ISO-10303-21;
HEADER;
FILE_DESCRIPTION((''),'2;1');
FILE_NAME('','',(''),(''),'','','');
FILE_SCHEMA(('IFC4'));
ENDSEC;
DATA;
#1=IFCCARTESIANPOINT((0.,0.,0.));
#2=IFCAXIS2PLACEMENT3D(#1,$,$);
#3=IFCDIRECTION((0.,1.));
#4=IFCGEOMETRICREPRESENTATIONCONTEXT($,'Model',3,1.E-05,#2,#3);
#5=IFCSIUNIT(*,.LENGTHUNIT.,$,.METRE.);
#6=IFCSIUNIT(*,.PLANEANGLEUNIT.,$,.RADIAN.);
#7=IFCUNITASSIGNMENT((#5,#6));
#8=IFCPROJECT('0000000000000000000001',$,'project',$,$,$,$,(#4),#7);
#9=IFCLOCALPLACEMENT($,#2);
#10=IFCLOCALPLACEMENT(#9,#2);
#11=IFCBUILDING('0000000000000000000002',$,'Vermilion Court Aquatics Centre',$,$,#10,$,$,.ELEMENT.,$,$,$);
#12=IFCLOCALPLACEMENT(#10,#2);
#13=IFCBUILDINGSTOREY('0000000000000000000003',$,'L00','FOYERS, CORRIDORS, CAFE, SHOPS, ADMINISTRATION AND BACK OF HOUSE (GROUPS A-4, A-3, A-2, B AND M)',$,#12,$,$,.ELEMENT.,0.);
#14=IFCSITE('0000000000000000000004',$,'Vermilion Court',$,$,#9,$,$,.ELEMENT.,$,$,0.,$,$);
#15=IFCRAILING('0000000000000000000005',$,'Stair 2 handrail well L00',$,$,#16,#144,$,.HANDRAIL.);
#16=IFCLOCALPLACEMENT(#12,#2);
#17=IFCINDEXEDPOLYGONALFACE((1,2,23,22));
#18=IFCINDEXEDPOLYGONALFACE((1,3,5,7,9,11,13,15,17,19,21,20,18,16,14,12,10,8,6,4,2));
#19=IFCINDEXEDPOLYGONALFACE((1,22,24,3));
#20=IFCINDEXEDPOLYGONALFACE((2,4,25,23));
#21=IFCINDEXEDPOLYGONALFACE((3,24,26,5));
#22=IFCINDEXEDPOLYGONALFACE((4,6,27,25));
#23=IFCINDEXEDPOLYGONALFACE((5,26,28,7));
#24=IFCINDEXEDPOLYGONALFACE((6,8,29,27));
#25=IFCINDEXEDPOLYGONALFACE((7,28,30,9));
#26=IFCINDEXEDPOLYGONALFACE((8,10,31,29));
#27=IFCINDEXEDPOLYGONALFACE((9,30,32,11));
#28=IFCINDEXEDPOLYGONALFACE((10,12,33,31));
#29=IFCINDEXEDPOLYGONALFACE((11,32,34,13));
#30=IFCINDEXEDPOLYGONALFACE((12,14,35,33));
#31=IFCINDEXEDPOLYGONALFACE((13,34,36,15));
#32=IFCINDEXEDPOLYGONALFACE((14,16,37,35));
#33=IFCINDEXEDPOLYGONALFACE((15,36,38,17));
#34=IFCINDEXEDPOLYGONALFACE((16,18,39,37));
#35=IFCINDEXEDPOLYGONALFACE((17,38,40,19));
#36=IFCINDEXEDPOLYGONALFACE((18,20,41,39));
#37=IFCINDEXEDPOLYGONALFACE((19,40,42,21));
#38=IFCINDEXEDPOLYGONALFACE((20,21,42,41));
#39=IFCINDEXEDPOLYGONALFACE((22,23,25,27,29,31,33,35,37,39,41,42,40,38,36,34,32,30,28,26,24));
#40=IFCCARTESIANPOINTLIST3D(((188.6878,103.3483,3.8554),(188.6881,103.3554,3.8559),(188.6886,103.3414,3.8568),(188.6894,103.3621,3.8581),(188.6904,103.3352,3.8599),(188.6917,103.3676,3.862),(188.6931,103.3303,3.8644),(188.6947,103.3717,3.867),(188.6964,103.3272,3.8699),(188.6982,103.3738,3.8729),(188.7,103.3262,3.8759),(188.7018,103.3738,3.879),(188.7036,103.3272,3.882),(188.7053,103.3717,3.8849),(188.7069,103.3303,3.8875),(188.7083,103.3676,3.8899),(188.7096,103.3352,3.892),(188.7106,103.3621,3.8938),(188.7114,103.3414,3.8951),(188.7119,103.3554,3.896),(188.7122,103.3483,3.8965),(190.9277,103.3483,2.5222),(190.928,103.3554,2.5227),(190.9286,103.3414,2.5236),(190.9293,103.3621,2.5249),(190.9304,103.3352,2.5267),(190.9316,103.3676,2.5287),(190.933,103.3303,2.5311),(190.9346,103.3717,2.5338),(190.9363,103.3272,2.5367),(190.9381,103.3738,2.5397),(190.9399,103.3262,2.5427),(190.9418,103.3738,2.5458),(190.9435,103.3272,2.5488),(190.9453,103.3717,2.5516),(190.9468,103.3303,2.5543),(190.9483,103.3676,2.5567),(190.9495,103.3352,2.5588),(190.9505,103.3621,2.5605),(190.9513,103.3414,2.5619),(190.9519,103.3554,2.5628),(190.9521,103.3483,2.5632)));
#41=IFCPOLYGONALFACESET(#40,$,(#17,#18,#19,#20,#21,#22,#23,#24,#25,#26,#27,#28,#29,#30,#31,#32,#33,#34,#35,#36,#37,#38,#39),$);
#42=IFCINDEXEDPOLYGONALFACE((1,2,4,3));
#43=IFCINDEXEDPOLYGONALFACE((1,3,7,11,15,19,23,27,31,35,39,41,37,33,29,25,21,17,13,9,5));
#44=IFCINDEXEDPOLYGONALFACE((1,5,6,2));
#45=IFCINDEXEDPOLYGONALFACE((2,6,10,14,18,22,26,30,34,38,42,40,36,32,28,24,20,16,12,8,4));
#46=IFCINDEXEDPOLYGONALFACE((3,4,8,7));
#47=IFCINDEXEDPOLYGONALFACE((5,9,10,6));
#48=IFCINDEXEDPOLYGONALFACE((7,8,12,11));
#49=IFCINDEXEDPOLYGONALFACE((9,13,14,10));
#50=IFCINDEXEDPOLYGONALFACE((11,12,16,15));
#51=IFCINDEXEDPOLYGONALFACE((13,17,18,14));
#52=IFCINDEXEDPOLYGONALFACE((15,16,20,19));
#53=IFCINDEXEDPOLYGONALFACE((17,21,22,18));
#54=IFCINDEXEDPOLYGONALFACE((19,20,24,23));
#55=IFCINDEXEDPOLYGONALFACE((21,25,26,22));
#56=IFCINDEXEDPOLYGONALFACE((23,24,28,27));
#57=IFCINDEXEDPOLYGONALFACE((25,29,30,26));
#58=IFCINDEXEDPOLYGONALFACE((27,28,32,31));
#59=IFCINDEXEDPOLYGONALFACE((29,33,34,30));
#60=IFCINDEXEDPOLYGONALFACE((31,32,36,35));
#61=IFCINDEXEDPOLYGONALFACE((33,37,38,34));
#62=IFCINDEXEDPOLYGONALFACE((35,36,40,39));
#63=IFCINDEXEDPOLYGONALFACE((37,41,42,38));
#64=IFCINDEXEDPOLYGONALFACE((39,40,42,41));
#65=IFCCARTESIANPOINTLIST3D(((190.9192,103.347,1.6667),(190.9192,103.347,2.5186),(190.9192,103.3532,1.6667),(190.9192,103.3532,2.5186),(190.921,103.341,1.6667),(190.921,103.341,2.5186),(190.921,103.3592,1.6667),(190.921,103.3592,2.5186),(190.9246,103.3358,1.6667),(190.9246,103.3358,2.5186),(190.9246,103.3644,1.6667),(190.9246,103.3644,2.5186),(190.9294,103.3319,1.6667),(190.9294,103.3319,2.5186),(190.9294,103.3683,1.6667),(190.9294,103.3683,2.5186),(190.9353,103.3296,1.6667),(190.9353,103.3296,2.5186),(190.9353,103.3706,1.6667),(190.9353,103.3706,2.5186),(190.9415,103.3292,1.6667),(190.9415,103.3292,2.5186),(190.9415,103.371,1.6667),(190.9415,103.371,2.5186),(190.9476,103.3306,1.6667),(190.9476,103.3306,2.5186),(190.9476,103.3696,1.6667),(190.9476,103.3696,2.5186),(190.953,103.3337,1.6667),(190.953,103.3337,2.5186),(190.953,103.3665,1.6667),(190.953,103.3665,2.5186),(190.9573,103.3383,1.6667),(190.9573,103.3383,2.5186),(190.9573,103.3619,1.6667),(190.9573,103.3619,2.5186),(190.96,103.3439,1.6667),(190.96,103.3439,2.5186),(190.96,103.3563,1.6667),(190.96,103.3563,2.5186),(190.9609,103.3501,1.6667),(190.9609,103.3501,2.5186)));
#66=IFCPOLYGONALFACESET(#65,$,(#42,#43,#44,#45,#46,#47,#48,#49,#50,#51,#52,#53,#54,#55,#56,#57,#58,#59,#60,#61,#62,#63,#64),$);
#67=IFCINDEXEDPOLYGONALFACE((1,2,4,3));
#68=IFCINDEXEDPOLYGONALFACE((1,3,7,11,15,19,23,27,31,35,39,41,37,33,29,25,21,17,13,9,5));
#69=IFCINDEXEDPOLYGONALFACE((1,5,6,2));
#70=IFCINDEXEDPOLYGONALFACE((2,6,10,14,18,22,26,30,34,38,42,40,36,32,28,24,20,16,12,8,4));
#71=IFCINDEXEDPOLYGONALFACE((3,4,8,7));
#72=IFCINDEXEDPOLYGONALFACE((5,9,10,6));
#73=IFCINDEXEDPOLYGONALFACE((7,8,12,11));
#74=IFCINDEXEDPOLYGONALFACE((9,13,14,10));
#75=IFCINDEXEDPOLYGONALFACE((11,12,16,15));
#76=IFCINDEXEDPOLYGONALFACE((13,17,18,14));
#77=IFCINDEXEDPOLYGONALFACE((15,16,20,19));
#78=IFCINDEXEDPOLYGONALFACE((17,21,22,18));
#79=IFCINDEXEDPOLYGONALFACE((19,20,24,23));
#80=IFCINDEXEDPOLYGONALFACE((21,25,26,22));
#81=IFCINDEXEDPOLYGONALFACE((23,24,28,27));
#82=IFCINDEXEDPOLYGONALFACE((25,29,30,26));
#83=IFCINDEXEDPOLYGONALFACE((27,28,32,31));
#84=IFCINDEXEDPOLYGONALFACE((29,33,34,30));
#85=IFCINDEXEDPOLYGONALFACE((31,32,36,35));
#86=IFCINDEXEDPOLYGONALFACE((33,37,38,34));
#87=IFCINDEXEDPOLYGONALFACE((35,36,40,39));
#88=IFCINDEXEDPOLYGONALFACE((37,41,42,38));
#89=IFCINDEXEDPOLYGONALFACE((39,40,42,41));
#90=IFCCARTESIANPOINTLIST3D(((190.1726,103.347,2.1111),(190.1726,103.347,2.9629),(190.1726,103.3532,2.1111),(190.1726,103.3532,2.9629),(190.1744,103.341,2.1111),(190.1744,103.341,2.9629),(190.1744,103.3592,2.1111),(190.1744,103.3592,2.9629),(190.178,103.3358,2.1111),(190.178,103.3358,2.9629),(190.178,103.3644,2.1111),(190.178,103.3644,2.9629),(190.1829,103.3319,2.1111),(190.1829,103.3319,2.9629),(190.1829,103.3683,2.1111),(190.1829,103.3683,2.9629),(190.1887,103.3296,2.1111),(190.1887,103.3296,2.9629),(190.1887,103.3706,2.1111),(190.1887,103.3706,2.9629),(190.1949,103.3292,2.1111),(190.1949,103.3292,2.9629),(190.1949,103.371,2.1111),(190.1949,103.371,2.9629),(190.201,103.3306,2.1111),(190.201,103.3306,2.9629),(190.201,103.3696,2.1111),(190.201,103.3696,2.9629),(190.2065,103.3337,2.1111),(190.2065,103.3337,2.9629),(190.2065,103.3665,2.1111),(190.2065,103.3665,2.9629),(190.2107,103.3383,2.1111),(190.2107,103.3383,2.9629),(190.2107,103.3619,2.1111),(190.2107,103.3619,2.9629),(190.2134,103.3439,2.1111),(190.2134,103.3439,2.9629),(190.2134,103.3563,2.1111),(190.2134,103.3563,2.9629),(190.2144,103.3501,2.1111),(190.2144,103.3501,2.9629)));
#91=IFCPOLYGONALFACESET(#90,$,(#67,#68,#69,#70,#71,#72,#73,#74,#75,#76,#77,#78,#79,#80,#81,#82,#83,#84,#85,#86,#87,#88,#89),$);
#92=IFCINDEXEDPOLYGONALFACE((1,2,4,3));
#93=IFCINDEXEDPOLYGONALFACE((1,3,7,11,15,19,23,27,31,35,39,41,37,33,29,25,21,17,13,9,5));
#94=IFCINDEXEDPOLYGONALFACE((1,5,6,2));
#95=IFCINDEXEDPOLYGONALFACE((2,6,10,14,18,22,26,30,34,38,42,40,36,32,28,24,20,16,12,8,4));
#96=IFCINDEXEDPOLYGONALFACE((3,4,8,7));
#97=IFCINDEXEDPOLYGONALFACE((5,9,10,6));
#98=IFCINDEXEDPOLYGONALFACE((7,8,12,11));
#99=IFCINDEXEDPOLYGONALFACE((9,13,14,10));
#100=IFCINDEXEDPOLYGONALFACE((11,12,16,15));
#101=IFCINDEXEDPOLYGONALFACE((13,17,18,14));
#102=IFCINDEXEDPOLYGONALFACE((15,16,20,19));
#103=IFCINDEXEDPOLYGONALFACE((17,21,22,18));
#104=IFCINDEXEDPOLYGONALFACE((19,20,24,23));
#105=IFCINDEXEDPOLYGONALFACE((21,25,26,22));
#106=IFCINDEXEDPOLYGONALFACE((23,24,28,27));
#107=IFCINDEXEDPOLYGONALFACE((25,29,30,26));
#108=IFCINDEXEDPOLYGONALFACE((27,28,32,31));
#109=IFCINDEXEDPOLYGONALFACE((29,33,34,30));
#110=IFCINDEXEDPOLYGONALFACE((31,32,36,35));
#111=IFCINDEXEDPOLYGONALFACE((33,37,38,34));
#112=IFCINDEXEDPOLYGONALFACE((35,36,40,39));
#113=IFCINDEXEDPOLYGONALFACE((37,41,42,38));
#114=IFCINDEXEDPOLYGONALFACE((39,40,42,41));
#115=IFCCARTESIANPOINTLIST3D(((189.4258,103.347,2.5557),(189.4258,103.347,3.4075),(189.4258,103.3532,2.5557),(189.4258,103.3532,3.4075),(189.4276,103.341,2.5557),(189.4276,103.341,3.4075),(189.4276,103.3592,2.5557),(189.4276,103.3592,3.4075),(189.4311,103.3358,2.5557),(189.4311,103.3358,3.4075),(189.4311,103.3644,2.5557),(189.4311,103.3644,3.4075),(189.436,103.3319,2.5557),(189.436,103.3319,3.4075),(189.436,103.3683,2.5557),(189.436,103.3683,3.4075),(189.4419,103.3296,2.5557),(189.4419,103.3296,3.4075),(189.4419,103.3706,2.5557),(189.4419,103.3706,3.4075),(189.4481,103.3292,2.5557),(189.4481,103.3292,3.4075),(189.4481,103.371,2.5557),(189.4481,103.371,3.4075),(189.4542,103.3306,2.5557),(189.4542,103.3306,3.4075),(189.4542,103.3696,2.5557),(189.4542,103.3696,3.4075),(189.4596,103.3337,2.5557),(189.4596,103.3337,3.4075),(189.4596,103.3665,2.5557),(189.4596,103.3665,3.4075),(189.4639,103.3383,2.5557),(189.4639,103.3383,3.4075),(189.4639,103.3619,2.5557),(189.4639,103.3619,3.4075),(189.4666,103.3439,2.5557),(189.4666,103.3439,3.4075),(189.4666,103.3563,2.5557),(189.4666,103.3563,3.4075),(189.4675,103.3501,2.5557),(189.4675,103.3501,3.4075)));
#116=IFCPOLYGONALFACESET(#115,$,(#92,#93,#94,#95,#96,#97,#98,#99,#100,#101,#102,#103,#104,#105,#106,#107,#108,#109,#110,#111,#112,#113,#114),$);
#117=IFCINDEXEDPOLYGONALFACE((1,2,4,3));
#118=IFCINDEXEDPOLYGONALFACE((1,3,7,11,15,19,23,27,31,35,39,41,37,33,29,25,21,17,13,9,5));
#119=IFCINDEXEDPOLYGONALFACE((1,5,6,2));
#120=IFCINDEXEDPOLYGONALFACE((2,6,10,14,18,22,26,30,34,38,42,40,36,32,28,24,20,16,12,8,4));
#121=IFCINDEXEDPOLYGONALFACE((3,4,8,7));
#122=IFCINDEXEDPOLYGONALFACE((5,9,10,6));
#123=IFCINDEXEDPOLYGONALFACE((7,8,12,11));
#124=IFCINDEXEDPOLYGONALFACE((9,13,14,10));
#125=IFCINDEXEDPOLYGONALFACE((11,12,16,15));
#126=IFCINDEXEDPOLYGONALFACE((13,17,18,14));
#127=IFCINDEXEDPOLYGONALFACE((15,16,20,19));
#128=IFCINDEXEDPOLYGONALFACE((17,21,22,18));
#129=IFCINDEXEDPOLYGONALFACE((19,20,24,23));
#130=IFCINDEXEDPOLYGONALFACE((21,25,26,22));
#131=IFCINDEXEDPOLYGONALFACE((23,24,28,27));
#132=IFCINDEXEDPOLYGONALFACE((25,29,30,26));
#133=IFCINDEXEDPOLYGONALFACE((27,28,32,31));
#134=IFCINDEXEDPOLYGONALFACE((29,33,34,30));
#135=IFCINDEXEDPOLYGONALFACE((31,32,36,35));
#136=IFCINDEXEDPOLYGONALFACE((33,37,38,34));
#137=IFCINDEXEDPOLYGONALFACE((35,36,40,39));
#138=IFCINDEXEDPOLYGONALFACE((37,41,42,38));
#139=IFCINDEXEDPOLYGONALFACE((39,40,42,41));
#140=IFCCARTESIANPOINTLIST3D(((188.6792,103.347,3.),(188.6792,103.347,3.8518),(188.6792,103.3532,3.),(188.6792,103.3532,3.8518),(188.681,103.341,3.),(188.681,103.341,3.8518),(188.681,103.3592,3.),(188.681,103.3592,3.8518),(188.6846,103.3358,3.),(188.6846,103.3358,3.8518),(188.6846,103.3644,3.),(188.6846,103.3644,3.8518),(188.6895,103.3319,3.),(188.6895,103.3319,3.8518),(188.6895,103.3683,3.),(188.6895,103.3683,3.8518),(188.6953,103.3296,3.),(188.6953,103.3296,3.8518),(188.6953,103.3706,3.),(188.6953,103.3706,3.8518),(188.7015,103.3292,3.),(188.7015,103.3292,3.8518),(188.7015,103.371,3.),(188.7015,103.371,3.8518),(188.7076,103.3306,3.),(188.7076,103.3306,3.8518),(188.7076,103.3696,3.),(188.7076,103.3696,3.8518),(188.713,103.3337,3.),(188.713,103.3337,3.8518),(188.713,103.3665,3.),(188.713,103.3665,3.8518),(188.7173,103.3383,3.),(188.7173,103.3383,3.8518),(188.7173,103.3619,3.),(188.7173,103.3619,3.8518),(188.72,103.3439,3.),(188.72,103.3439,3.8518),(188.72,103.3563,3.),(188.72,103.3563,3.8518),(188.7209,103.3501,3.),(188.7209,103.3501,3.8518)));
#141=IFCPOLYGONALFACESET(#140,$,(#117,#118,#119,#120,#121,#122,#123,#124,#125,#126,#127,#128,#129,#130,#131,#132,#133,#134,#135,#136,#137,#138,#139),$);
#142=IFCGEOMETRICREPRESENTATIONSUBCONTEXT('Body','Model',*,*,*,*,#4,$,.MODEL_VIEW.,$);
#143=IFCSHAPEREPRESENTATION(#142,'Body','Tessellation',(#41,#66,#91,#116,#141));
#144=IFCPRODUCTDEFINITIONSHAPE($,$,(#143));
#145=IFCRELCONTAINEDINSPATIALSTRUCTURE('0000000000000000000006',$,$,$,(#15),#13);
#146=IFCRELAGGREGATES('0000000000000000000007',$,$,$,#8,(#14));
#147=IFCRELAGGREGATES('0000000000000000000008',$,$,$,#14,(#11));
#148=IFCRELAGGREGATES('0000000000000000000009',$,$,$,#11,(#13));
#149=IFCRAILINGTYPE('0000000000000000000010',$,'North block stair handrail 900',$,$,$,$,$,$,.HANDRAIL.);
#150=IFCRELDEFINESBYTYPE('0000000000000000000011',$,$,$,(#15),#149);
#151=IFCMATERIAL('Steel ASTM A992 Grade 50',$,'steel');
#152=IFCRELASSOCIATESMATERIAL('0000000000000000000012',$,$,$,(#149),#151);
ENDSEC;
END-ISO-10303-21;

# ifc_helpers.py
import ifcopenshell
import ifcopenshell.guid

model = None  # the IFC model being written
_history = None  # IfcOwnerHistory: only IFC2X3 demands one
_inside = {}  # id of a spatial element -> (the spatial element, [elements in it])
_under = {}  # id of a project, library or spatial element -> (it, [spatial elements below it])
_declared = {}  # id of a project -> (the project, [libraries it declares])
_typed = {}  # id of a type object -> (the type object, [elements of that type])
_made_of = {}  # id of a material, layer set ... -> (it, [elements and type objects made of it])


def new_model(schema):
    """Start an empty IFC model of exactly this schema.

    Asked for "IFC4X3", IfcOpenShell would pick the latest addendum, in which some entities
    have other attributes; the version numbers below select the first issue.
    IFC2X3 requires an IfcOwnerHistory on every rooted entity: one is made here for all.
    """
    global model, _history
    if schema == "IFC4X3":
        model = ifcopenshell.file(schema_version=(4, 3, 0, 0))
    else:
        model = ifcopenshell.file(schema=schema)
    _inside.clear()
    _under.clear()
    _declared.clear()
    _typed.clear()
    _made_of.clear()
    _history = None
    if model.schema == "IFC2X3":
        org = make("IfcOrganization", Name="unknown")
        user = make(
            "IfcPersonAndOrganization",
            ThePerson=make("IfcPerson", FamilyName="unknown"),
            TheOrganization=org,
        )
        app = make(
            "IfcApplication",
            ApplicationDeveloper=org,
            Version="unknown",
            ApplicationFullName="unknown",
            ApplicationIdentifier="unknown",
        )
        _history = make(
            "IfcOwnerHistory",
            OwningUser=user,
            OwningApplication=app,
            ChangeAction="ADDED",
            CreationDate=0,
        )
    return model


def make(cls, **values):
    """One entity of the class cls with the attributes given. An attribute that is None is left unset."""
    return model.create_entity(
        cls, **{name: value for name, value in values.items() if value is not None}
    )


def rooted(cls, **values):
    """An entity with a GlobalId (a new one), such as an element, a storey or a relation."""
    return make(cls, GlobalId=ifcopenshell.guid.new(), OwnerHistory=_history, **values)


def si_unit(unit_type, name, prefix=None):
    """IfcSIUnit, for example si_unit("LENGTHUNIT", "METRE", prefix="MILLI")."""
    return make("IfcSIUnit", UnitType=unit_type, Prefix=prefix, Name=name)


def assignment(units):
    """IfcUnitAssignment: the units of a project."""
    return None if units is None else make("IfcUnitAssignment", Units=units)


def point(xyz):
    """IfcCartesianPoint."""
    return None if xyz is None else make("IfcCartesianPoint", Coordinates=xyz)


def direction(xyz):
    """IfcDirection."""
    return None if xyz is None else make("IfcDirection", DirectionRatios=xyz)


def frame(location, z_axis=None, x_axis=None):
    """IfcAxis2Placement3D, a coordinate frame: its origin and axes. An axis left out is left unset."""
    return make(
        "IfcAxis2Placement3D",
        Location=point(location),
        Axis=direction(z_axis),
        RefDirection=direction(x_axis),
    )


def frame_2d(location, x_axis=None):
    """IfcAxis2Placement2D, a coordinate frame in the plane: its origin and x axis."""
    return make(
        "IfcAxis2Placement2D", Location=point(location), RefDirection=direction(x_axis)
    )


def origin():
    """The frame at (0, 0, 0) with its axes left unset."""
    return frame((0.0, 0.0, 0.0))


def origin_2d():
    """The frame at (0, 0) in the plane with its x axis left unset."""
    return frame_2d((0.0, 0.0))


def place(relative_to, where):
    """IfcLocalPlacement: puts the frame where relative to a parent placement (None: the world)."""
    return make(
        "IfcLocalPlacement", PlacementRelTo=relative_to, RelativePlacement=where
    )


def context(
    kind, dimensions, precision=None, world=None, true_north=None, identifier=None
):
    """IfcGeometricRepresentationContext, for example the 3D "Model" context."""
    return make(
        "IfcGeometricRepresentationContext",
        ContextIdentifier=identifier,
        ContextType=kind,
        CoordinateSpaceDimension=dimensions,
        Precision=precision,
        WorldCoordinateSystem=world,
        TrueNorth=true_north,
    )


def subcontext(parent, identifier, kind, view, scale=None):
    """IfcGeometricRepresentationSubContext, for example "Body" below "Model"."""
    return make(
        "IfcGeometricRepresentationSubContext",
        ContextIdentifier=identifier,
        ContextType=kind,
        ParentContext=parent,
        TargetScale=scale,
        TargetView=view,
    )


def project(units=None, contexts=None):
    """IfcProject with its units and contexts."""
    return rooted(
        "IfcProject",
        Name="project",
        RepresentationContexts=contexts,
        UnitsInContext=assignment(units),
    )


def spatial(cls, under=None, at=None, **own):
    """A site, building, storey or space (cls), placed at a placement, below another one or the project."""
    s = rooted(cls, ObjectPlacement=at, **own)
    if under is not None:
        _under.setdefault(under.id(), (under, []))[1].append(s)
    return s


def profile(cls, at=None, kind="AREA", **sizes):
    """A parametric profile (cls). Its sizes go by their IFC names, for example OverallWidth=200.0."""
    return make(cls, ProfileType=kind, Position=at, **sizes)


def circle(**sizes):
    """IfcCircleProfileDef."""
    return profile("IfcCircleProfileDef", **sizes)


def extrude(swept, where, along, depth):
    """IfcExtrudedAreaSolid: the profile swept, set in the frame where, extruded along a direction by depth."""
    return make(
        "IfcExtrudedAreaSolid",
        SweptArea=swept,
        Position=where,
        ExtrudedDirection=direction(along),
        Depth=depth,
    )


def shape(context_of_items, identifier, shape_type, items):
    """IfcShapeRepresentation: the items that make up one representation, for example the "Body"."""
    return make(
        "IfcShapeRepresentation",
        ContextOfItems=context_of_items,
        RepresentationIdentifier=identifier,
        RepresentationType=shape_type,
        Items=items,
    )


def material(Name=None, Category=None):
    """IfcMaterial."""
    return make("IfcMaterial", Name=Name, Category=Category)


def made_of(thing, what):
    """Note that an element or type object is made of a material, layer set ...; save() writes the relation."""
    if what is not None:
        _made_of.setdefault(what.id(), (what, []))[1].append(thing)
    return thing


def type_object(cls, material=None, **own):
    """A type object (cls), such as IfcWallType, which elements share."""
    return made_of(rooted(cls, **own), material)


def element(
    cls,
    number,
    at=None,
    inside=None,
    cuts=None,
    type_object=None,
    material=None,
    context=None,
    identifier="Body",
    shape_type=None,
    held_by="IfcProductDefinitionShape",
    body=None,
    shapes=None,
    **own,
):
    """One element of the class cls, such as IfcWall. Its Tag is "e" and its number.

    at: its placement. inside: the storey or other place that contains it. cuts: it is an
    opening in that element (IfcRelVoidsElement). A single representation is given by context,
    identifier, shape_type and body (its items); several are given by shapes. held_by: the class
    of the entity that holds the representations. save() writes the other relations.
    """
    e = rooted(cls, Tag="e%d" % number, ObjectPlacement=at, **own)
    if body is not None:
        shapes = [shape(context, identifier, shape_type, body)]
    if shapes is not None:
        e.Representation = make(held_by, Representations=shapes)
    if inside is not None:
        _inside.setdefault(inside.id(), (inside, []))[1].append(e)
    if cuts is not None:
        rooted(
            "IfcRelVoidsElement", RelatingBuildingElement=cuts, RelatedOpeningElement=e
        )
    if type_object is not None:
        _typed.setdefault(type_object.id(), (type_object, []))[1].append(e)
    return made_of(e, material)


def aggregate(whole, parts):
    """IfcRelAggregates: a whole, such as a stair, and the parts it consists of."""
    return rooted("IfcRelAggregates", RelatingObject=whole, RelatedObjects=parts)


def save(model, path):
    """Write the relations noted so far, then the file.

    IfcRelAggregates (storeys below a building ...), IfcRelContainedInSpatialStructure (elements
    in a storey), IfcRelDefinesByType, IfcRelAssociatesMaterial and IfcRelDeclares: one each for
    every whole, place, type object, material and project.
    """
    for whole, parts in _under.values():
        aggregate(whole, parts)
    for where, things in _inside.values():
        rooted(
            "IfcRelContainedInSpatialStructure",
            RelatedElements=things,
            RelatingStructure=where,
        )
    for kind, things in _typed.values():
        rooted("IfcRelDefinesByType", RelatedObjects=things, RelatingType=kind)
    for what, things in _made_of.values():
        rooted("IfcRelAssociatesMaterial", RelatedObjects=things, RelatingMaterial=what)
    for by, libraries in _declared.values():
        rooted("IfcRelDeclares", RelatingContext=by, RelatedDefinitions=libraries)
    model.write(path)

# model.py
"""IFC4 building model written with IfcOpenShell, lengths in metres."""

from ifc_helpers import new_model, si_unit, direction, frame, origin, origin_2d, place, context, subcontext, project, spatial, circle, extrude, material, type_object, element, save


model = new_model("IFC4")

# Units and contexts
model_context = context("Model", 3, precision=1e-05, world=origin(), true_north=direction((0.0, 1.0)))
body_context = subcontext(model_context, "Body", "Model", "MODEL_VIEW")
ifc_project = project(units=[si_unit("LENGTHUNIT", "METRE"), si_unit("PLANEANGLEUNIT", "RADIAN")], contexts=[model_context])

# Site, building, storey
site_placement = place(None, origin())
site = spatial("IfcSite", under=ifc_project, at=site_placement, Name="Vermilion Court", CompositionType="ELEMENT", RefElevation=0.0)
building_placement = place(site_placement, origin())
building = spatial("IfcBuilding", under=site, at=building_placement, Name="Vermilion Court Aquatics Centre", CompositionType="ELEMENT")
storey_placement = place(building_placement, origin())
storey = spatial("IfcBuildingStorey", under=building, at=storey_placement, Name="L00", Description="FOYERS, CORRIDORS, CAFE, SHOPS, ADMINISTRATION AND BACK OF HOUSE (GROUPS A-4, A-3, A-2, B AND M)", CompositionType="ELEMENT", Elevation=0.0)

# Railing
ifc_material_1 = material(Name="Steel ASTM A992 Grade 50", Category="steel")
railing_type_1 = type_object("IfcRailingType", Name="North block stair handrail 900", PredefinedType="HANDRAIL", material=ifc_material_1)
for number, where, name in (
    (1, (190.9399, 103.3501, 1.6667), "Stair 2 handrail well L00"),
):
    element("IfcRailing", number, at=place(storey_placement, frame(where)), inside=storey, type_object=railing_type_1, Name=name, PredefinedType="HANDRAIL", context=body_context, shape_type="SweptSolid", body=[
        extrude(circle(Radius=0.0239, at=origin_2d()), frame((0.0, 0.0, 0.876), z_axis=(-0.859306, 0.0, 0.511462), x_axis=(0.0, -1.0, 0.0)), (0.0, 0.0, 1.0), 2.6067),
        extrude(circle(Radius=0.021, at=origin_2d()), origin(), (0.0, 0.0, 1.0), 0.8518),
        extrude(circle(Radius=0.021, at=origin_2d()), frame((-0.7466, 0.0, 0.4443)), (0.0, 0.0, 1.0), 0.8518),
        extrude(circle(Radius=0.021, at=origin_2d()), frame((-1.4934, 0.0, 0.8889)), (0.0, 0.0, 1.0), 0.8518),
        extrude(circle(Radius=0.021, at=origin_2d()), frame((-2.24, 0.0, 1.3333)), (0.0, 0.0, 1.0), 0.8518),
    ])

save(model, "model.ifc")
